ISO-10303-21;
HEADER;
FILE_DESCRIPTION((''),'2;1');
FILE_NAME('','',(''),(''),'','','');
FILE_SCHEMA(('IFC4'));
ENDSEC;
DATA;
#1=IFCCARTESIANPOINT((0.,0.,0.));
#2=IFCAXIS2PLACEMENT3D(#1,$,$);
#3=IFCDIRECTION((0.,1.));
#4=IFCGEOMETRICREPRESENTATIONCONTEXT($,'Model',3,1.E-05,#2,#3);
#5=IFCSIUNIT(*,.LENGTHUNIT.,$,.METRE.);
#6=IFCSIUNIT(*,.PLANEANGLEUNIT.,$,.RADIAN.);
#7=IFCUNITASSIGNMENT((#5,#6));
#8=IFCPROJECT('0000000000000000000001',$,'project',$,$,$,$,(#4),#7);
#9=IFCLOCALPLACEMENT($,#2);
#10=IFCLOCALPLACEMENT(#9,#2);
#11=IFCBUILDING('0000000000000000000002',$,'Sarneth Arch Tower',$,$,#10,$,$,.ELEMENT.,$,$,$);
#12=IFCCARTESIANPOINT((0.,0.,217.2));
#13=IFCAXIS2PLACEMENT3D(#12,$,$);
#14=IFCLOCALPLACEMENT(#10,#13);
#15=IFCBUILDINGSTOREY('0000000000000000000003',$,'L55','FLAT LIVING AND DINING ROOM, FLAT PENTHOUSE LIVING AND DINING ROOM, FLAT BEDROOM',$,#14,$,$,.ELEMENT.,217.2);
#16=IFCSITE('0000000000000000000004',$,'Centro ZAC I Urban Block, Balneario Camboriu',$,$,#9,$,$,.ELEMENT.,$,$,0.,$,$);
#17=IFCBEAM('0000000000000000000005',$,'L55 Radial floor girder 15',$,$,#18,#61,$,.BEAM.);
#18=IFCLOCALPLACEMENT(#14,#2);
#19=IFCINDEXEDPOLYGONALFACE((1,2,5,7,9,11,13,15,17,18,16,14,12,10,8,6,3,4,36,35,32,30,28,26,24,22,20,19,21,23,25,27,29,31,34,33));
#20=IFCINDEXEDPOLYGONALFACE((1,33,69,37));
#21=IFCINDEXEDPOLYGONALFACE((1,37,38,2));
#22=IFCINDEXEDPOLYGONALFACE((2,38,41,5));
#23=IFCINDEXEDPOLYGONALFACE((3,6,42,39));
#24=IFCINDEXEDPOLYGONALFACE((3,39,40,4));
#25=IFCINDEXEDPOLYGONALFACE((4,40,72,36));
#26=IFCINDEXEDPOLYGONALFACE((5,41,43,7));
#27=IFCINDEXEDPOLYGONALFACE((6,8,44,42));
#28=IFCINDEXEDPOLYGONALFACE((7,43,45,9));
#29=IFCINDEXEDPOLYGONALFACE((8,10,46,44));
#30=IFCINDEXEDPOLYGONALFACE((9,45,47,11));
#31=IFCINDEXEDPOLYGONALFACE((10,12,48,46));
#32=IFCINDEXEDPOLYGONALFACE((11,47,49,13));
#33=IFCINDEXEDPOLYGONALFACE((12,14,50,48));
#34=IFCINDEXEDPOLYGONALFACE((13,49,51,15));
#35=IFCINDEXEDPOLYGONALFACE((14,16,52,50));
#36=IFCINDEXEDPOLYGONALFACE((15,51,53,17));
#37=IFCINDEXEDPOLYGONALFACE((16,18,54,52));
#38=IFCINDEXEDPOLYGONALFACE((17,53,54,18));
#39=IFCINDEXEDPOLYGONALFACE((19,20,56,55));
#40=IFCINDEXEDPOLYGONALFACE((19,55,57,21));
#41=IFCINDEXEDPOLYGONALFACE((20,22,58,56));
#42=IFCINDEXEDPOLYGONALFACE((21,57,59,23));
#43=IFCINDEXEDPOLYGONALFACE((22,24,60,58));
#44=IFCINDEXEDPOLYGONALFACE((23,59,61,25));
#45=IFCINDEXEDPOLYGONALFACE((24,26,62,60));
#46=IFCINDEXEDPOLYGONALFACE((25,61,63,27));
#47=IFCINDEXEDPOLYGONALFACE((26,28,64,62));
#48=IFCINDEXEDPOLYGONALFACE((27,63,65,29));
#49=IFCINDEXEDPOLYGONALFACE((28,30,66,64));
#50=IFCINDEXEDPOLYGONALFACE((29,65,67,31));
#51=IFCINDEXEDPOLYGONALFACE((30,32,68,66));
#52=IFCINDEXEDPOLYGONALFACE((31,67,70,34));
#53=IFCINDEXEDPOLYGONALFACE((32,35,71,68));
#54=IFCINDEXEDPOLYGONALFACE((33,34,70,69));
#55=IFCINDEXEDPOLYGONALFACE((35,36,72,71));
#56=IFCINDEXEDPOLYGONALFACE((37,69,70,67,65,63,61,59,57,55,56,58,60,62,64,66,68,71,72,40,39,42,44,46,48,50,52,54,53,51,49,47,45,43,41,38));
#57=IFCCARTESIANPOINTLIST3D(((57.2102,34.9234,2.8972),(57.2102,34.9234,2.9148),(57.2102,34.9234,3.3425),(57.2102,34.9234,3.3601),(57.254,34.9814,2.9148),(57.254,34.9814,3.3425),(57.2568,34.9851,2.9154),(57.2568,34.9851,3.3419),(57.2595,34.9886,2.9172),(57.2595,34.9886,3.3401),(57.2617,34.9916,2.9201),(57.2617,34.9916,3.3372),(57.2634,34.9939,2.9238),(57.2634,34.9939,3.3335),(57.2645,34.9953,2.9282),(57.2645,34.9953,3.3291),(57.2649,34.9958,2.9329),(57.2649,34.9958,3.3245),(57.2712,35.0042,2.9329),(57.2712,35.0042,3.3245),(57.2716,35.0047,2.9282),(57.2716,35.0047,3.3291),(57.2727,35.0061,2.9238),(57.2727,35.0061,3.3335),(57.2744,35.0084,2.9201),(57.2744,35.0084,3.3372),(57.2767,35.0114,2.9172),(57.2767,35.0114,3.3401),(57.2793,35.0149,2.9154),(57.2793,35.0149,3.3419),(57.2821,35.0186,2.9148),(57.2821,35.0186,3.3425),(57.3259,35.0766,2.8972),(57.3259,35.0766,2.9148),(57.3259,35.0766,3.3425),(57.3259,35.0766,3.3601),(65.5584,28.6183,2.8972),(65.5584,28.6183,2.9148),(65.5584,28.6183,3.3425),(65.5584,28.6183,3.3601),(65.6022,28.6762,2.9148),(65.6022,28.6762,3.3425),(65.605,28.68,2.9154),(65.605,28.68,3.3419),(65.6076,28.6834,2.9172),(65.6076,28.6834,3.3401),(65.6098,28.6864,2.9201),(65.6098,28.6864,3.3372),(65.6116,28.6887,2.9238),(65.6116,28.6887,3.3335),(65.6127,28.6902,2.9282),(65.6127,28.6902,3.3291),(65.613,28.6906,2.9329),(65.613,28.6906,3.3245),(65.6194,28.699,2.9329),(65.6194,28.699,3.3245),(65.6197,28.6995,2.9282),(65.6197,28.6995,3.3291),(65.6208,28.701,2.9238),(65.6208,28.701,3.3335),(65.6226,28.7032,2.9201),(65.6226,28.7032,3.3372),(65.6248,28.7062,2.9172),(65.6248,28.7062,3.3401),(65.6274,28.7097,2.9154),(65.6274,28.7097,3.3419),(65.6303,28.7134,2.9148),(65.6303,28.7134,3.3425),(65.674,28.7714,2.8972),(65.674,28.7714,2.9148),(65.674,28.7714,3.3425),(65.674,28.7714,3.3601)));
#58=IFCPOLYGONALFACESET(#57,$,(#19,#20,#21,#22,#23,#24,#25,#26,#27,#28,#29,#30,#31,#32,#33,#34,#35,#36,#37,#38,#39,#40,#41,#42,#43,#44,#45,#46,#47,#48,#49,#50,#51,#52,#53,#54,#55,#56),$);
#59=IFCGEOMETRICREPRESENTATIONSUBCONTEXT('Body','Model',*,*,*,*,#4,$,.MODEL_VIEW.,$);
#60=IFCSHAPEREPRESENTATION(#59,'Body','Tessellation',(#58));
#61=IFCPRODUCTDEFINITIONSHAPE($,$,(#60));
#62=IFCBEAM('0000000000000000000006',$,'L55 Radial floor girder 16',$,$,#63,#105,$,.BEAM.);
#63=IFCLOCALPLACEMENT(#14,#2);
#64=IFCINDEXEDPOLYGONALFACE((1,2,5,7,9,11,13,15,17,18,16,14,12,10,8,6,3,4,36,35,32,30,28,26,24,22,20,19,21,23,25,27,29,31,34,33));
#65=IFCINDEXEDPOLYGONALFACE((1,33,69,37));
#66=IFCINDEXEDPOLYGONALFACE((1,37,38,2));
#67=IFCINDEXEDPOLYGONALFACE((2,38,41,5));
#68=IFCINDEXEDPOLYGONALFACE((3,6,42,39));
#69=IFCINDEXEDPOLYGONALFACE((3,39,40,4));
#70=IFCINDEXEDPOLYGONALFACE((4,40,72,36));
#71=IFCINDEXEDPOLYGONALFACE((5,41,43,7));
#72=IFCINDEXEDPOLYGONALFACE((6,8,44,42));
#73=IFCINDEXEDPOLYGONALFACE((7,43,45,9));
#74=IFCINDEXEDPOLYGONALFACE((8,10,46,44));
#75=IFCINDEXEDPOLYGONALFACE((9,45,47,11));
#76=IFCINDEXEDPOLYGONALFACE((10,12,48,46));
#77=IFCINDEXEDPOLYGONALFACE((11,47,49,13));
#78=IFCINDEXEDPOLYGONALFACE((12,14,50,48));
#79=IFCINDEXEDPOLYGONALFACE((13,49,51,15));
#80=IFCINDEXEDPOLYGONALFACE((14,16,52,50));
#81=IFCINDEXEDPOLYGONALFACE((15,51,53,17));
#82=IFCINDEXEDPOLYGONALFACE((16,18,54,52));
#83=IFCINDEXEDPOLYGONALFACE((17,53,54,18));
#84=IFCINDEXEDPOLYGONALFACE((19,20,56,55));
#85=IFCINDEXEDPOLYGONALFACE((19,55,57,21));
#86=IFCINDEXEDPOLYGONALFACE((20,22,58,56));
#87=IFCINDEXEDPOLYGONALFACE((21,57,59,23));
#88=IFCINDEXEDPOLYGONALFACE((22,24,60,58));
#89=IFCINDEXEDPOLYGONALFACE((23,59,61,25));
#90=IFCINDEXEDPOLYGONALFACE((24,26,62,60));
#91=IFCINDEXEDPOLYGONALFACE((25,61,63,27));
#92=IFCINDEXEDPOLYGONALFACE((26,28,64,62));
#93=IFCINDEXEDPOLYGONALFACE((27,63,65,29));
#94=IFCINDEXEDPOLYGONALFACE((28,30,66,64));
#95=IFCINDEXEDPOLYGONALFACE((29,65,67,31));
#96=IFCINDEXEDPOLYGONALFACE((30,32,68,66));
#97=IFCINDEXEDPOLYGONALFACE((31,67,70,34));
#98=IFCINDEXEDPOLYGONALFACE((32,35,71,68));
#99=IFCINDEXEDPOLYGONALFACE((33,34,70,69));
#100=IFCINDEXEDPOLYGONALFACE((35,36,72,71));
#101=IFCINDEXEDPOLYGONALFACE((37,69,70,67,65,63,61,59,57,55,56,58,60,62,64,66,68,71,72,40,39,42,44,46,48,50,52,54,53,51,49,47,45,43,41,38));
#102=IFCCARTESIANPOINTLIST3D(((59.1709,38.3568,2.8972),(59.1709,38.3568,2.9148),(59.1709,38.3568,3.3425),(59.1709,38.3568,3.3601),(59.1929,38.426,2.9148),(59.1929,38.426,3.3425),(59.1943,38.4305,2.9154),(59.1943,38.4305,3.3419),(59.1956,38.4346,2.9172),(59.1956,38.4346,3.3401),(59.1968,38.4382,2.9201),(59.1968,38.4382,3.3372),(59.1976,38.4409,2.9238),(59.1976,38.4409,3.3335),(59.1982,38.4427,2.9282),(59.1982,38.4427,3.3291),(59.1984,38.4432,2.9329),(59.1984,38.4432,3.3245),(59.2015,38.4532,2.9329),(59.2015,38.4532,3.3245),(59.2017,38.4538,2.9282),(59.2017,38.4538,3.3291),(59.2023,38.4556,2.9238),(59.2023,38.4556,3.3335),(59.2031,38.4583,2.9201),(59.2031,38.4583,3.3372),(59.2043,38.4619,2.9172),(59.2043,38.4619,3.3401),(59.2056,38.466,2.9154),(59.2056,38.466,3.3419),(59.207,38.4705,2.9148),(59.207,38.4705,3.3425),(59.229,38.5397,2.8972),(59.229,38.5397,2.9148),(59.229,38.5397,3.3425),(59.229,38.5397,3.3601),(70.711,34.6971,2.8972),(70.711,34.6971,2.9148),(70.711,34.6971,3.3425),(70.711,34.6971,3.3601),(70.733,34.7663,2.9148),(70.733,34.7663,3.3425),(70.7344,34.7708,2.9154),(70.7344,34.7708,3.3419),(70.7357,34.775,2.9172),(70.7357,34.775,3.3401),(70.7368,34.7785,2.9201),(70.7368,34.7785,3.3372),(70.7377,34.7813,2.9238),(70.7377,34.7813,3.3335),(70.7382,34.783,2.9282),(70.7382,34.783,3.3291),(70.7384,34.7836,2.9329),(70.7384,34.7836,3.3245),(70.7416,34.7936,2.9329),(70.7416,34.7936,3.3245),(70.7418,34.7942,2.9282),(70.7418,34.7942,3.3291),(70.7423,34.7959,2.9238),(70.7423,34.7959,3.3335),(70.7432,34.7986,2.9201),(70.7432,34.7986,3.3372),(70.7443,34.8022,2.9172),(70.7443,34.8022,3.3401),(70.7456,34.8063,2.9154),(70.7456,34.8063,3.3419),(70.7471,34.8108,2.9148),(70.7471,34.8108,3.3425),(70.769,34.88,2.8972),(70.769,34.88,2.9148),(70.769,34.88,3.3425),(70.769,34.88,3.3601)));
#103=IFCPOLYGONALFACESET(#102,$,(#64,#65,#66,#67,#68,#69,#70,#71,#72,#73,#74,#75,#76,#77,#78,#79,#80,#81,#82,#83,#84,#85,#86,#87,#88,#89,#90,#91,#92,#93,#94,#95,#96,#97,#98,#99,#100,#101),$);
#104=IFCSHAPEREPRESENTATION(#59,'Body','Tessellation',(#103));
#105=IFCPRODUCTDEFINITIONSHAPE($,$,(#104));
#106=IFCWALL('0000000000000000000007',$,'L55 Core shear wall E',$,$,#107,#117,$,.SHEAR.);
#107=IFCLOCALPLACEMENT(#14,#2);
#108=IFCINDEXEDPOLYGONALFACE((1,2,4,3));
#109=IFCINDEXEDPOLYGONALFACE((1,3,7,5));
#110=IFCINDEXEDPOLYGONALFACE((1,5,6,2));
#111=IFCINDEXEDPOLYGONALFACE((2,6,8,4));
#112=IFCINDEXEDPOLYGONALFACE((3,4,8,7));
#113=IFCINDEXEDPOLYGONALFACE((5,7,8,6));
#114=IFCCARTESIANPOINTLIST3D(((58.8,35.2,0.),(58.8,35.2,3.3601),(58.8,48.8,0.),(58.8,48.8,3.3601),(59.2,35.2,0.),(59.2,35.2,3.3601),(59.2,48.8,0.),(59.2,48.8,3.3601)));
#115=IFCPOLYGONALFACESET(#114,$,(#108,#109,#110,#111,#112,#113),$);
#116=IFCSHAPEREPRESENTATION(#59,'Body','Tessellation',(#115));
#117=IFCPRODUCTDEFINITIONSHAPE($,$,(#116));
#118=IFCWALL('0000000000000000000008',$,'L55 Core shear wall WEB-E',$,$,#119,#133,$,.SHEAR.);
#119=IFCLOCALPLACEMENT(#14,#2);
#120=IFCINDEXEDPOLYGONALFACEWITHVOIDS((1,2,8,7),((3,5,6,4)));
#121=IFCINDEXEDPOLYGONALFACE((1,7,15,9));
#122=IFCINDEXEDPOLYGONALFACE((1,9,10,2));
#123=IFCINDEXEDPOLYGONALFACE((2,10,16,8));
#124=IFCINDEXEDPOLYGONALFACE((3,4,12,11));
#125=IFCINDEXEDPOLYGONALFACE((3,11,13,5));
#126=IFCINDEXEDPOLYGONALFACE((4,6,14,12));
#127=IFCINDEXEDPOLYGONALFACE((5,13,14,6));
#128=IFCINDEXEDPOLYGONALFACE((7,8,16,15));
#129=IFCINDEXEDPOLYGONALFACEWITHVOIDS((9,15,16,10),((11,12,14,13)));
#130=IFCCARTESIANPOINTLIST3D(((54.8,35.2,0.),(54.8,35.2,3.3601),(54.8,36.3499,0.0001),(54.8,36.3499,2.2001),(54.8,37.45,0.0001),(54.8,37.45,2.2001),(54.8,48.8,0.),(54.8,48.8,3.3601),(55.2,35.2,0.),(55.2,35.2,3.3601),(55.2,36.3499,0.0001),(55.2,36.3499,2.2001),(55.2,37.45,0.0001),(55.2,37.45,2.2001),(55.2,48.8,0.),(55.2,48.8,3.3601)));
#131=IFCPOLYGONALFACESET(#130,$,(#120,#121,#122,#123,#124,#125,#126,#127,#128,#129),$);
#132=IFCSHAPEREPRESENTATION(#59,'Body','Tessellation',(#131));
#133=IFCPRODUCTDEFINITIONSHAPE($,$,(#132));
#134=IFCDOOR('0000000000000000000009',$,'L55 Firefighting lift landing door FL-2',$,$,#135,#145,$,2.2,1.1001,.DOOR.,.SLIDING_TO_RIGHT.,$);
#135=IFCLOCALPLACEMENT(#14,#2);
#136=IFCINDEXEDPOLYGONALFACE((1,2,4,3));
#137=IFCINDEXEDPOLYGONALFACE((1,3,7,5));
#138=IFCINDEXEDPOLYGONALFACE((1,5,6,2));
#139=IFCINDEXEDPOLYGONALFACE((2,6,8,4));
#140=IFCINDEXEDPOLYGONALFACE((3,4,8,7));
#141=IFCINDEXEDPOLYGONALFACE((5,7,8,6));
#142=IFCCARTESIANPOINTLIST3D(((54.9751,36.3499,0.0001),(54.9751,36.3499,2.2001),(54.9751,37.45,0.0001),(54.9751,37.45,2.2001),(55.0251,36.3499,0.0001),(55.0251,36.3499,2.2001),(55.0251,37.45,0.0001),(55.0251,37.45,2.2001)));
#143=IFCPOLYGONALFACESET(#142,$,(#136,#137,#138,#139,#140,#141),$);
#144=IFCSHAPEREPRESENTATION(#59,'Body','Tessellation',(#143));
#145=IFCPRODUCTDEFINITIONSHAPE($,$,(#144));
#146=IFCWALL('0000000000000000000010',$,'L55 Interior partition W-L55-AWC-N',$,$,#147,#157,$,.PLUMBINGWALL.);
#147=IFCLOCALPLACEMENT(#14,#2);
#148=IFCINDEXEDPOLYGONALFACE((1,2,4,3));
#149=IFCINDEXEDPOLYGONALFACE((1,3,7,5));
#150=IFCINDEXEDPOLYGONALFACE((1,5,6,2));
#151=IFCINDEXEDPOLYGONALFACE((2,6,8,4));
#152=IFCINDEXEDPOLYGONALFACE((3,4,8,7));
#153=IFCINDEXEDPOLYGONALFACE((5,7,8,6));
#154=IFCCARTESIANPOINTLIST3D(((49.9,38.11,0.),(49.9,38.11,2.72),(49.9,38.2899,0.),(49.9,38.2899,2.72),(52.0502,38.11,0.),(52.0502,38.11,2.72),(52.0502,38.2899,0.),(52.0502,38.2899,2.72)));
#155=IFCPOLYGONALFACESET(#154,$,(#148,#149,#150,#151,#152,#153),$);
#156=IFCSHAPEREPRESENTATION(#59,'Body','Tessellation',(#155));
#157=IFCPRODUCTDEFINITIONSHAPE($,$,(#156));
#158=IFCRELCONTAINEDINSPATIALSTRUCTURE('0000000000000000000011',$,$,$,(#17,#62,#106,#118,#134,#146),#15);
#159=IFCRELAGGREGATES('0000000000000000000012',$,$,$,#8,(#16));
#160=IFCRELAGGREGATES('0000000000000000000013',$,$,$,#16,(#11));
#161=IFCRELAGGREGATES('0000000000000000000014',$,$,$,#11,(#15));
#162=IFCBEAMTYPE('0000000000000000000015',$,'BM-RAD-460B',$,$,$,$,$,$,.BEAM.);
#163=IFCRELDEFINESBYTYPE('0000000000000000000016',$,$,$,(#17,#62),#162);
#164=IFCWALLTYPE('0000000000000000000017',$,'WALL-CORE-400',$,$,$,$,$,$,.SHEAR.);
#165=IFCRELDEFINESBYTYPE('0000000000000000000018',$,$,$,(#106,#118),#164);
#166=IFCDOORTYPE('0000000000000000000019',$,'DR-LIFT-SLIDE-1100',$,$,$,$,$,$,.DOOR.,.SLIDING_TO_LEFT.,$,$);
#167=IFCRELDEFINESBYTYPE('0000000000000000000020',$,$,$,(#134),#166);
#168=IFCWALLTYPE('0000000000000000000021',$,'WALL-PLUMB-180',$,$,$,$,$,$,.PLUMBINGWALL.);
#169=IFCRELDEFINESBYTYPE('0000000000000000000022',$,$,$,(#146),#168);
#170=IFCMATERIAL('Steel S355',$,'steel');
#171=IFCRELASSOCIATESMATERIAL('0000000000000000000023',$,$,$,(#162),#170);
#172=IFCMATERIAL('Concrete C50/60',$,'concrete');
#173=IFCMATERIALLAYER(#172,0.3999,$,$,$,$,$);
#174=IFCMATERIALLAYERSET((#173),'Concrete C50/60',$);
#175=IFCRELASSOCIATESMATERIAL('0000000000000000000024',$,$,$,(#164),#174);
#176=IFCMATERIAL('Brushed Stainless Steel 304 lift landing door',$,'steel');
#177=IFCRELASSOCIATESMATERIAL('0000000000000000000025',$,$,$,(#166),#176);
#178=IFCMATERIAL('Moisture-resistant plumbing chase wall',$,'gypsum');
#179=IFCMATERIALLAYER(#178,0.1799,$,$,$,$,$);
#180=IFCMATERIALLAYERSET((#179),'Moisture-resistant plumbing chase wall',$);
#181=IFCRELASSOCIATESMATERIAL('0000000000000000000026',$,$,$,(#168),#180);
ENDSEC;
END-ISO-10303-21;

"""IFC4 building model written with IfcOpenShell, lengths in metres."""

from ifc_helpers import new_model, si_unit, direction, frame, frame_2d, origin, origin_2d, place, context, subcontext, project, spatial, rectangle, i_section, extrude, material, layer, layer_set, material_profile, profile_set, type_object, element, fill, save


model = new_model("IFC4")

# Units and contexts
model_context = context("Model", 3, precision=1e-05, world=origin(), true_north=direction((0.0, 1.0)))
body_context = subcontext(model_context, "Body", "Model", "MODEL_VIEW")
ifc_project = project(units=[si_unit("LENGTHUNIT", "METRE"), si_unit("PLANEANGLEUNIT", "RADIAN")], contexts=[model_context])

# Site, building, storey
site_placement = place(None, origin())
site = spatial("IfcSite", under=ifc_project, at=site_placement, Name="Centro ZAC I Urban Block, Balneario Camboriu", CompositionType="ELEMENT", RefElevation=0.0)
building_placement = place(site_placement, origin())
building = spatial("IfcBuilding", under=site, at=building_placement, Name="Sarneth Arch Tower", CompositionType="ELEMENT")
storey_placement = place(building_placement, frame((0.0, 0.0, 217.2)))
storey = spatial("IfcBuildingStorey", under=building, at=storey_placement, Name="L55", Description="FLAT LIVING AND DINING ROOM, FLAT PENTHOUSE LIVING AND DINING ROOM, FLAT BEDROOM", CompositionType="ELEMENT", Elevation=217.2)

# Beams
ifc_material_1 = material(Name="Steel S355", Category="steel")
ifc_material_profile_1 = material_profile(ifc_material_1, i_section(OverallWidth=0.1919, OverallDepth=0.4629, WebThickness=0.0105, FlangeThickness=0.0176, FilletRadius=0.0181, at=origin_2d()), Name="W460x89")
ifc_profile_set_1 = profile_set([ifc_material_profile_1], Name="Steel S355")
beam_type_1 = type_object("IfcBeamType", Name="BM-RAD-460B", PredefinedType="BEAM", material=ifc_profile_set_1)
beam_1_placement = place(storey_placement, frame((57.2681, 35.0, 3.1287), z_axis=(0.797974, -0.602692, 0.0), x_axis=(0.602692, 0.797974, 0.0)))
element("IfcBeam", 1, at=beam_1_placement, inside=storey, type_object=beam_type_1, Name="L55 Radial floor girder 15", PredefinedType="BEAM", context=body_context, shape_type="SweptSolid", body=[
    extrude(i_section(OverallWidth=0.1919, OverallDepth=0.4629, WebThickness=0.0105, FlangeThickness=0.0176, FilletRadius=0.0181, at=origin_2d()), origin(), (0.0, 0.0, 1.0), 10.4617),
])
beam_2_placement = place(storey_placement, frame((59.2, 38.4482, 3.1287), z_axis=(0.953216, -0.302291, 0.0), x_axis=(0.302291, 0.953216, 0.0)))
element("IfcBeam", 2, at=beam_2_placement, inside=storey, type_object=beam_type_1, Name="L55 Radial floor girder 16", PredefinedType="BEAM", context=body_context, shape_type="SweptSolid", body=[
    extrude(i_section(OverallWidth=0.1919, OverallDepth=0.4629, WebThickness=0.0105, FlangeThickness=0.0176, FilletRadius=0.0181, at=origin_2d()), origin(), (0.0, 0.0, 1.0), 12.1064),
])

# Shared definitions
ifc_material_2 = material(Name="Concrete C50/60", Category="concrete")
ifc_layer_1 = layer(ifc_material_2, 0.3999)
ifc_layer_set_1 = layer_set([ifc_layer_1], Name="Concrete C50/60")
wall_type_1 = type_object("IfcWallType", Name="WALL-CORE-400", PredefinedType="SHEAR", material=ifc_layer_set_1)

# Wall
wall_1_placement = place(storey_placement, frame((59.0, 35.2, 0.0), z_axis=(0.0, 0.0, 1.0), x_axis=(0.0, 1.0, 0.0)))
element("IfcWall", 3, at=wall_1_placement, inside=storey, type_object=wall_type_1, Name="L55 Core shear wall E", PredefinedType="SHEAR", context=body_context, shape_type="SweptSolid", body=[
    extrude(rectangle(XDim=13.6001, YDim=0.3999, at=frame_2d((6.8, 0.0))), origin(), (0.0, 0.0, 1.0), 3.3601),
])

# Wall, opening, door
wall_2_placement = place(storey_placement, frame((55.0, 35.2, 0.0), z_axis=(0.0, 0.0, 1.0), x_axis=(0.0, 1.0, 0.0)))
wall_2 = element("IfcWall", 4, at=wall_2_placement, inside=storey, type_object=wall_type_1, Name="L55 Core shear wall WEB-E", PredefinedType="SHEAR", context=body_context, shape_type="SweptSolid", body=[
    extrude(rectangle(XDim=13.6001, YDim=0.3999, at=frame_2d((6.8, 0.0))), origin(), (0.0, 0.0, 1.0), 3.3601),
])
opening_1_placement = place(wall_2_placement, frame((1.1499, 0.0, 0.0)))
opening_1 = element("IfcOpeningElement", 5, at=opening_1_placement, cuts=wall_2, PredefinedType="OPENING", context=body_context, shape_type="SweptSolid", body=[
    extrude(rectangle(XDim=1.1001, YDim=2.2, at=frame_2d((0.55, 1.1001))), frame((0.0, 0.21, 0.0), z_axis=(0.0, -1.0, 0.0), x_axis=(1.0, 0.0, 0.0)), (0.0, 0.0, 1.0), 0.4199),
])
ifc_material_3 = material(Name="Brushed Stainless Steel 304 lift landing door", Category="steel")
door_type_1 = type_object("IfcDoorType", Name="DR-LIFT-SLIDE-1100", OperationType="SLIDING_TO_LEFT", PredefinedType="DOOR", material=ifc_material_3)
door_1_placement = place(opening_1_placement, origin())
door_1 = element("IfcDoor", 6, at=door_1_placement, inside=storey, type_object=door_type_1, Name="L55 Firefighting lift landing door FL-2", OperationType="SLIDING_TO_RIGHT", OverallHeight=2.2, OverallWidth=1.1001, PredefinedType="DOOR", context=body_context, shape_type="SweptSolid", body=[
    extrude(rectangle(XDim=1.1001, YDim=2.2, at=frame_2d((0.55, 1.1001))), frame((0.0, 0.0249, 0.0), z_axis=(0.0, -1.0, 0.0), x_axis=(1.0, 0.0, 0.0)), (0.0, 0.0, 1.0), 0.05),
])
fill(opening_1, door_1)

# Wall
ifc_material_4 = material(Name="Moisture-resistant plumbing chase wall", Category="gypsum")
ifc_layer_2 = layer(ifc_material_4, 0.1799)
ifc_layer_set_2 = layer_set([ifc_layer_2], Name="Moisture-resistant plumbing chase wall")
wall_type_2 = type_object("IfcWallType", Name="WALL-PLUMB-180", PredefinedType="PLUMBINGWALL", material=ifc_layer_set_2)
wall_3_placement = place(storey_placement, frame((49.8999, 38.2, 0.0), z_axis=(0.0, 0.0, 1.0), x_axis=(1.0, 0.0, 0.0)))
element("IfcWall", 7, at=wall_3_placement, inside=storey, type_object=wall_type_2, Name="L55 Interior partition W-L55-AWC-N", PredefinedType="PLUMBINGWALL", context=body_context, shape_type="SweptSolid", body=[
    extrude(rectangle(XDim=2.1501, YDim=0.1799, at=frame_2d((1.0752, 0.0))), origin(), (0.0, 0.0, 1.0), 2.72),
])

save(model, "model.ifc")
